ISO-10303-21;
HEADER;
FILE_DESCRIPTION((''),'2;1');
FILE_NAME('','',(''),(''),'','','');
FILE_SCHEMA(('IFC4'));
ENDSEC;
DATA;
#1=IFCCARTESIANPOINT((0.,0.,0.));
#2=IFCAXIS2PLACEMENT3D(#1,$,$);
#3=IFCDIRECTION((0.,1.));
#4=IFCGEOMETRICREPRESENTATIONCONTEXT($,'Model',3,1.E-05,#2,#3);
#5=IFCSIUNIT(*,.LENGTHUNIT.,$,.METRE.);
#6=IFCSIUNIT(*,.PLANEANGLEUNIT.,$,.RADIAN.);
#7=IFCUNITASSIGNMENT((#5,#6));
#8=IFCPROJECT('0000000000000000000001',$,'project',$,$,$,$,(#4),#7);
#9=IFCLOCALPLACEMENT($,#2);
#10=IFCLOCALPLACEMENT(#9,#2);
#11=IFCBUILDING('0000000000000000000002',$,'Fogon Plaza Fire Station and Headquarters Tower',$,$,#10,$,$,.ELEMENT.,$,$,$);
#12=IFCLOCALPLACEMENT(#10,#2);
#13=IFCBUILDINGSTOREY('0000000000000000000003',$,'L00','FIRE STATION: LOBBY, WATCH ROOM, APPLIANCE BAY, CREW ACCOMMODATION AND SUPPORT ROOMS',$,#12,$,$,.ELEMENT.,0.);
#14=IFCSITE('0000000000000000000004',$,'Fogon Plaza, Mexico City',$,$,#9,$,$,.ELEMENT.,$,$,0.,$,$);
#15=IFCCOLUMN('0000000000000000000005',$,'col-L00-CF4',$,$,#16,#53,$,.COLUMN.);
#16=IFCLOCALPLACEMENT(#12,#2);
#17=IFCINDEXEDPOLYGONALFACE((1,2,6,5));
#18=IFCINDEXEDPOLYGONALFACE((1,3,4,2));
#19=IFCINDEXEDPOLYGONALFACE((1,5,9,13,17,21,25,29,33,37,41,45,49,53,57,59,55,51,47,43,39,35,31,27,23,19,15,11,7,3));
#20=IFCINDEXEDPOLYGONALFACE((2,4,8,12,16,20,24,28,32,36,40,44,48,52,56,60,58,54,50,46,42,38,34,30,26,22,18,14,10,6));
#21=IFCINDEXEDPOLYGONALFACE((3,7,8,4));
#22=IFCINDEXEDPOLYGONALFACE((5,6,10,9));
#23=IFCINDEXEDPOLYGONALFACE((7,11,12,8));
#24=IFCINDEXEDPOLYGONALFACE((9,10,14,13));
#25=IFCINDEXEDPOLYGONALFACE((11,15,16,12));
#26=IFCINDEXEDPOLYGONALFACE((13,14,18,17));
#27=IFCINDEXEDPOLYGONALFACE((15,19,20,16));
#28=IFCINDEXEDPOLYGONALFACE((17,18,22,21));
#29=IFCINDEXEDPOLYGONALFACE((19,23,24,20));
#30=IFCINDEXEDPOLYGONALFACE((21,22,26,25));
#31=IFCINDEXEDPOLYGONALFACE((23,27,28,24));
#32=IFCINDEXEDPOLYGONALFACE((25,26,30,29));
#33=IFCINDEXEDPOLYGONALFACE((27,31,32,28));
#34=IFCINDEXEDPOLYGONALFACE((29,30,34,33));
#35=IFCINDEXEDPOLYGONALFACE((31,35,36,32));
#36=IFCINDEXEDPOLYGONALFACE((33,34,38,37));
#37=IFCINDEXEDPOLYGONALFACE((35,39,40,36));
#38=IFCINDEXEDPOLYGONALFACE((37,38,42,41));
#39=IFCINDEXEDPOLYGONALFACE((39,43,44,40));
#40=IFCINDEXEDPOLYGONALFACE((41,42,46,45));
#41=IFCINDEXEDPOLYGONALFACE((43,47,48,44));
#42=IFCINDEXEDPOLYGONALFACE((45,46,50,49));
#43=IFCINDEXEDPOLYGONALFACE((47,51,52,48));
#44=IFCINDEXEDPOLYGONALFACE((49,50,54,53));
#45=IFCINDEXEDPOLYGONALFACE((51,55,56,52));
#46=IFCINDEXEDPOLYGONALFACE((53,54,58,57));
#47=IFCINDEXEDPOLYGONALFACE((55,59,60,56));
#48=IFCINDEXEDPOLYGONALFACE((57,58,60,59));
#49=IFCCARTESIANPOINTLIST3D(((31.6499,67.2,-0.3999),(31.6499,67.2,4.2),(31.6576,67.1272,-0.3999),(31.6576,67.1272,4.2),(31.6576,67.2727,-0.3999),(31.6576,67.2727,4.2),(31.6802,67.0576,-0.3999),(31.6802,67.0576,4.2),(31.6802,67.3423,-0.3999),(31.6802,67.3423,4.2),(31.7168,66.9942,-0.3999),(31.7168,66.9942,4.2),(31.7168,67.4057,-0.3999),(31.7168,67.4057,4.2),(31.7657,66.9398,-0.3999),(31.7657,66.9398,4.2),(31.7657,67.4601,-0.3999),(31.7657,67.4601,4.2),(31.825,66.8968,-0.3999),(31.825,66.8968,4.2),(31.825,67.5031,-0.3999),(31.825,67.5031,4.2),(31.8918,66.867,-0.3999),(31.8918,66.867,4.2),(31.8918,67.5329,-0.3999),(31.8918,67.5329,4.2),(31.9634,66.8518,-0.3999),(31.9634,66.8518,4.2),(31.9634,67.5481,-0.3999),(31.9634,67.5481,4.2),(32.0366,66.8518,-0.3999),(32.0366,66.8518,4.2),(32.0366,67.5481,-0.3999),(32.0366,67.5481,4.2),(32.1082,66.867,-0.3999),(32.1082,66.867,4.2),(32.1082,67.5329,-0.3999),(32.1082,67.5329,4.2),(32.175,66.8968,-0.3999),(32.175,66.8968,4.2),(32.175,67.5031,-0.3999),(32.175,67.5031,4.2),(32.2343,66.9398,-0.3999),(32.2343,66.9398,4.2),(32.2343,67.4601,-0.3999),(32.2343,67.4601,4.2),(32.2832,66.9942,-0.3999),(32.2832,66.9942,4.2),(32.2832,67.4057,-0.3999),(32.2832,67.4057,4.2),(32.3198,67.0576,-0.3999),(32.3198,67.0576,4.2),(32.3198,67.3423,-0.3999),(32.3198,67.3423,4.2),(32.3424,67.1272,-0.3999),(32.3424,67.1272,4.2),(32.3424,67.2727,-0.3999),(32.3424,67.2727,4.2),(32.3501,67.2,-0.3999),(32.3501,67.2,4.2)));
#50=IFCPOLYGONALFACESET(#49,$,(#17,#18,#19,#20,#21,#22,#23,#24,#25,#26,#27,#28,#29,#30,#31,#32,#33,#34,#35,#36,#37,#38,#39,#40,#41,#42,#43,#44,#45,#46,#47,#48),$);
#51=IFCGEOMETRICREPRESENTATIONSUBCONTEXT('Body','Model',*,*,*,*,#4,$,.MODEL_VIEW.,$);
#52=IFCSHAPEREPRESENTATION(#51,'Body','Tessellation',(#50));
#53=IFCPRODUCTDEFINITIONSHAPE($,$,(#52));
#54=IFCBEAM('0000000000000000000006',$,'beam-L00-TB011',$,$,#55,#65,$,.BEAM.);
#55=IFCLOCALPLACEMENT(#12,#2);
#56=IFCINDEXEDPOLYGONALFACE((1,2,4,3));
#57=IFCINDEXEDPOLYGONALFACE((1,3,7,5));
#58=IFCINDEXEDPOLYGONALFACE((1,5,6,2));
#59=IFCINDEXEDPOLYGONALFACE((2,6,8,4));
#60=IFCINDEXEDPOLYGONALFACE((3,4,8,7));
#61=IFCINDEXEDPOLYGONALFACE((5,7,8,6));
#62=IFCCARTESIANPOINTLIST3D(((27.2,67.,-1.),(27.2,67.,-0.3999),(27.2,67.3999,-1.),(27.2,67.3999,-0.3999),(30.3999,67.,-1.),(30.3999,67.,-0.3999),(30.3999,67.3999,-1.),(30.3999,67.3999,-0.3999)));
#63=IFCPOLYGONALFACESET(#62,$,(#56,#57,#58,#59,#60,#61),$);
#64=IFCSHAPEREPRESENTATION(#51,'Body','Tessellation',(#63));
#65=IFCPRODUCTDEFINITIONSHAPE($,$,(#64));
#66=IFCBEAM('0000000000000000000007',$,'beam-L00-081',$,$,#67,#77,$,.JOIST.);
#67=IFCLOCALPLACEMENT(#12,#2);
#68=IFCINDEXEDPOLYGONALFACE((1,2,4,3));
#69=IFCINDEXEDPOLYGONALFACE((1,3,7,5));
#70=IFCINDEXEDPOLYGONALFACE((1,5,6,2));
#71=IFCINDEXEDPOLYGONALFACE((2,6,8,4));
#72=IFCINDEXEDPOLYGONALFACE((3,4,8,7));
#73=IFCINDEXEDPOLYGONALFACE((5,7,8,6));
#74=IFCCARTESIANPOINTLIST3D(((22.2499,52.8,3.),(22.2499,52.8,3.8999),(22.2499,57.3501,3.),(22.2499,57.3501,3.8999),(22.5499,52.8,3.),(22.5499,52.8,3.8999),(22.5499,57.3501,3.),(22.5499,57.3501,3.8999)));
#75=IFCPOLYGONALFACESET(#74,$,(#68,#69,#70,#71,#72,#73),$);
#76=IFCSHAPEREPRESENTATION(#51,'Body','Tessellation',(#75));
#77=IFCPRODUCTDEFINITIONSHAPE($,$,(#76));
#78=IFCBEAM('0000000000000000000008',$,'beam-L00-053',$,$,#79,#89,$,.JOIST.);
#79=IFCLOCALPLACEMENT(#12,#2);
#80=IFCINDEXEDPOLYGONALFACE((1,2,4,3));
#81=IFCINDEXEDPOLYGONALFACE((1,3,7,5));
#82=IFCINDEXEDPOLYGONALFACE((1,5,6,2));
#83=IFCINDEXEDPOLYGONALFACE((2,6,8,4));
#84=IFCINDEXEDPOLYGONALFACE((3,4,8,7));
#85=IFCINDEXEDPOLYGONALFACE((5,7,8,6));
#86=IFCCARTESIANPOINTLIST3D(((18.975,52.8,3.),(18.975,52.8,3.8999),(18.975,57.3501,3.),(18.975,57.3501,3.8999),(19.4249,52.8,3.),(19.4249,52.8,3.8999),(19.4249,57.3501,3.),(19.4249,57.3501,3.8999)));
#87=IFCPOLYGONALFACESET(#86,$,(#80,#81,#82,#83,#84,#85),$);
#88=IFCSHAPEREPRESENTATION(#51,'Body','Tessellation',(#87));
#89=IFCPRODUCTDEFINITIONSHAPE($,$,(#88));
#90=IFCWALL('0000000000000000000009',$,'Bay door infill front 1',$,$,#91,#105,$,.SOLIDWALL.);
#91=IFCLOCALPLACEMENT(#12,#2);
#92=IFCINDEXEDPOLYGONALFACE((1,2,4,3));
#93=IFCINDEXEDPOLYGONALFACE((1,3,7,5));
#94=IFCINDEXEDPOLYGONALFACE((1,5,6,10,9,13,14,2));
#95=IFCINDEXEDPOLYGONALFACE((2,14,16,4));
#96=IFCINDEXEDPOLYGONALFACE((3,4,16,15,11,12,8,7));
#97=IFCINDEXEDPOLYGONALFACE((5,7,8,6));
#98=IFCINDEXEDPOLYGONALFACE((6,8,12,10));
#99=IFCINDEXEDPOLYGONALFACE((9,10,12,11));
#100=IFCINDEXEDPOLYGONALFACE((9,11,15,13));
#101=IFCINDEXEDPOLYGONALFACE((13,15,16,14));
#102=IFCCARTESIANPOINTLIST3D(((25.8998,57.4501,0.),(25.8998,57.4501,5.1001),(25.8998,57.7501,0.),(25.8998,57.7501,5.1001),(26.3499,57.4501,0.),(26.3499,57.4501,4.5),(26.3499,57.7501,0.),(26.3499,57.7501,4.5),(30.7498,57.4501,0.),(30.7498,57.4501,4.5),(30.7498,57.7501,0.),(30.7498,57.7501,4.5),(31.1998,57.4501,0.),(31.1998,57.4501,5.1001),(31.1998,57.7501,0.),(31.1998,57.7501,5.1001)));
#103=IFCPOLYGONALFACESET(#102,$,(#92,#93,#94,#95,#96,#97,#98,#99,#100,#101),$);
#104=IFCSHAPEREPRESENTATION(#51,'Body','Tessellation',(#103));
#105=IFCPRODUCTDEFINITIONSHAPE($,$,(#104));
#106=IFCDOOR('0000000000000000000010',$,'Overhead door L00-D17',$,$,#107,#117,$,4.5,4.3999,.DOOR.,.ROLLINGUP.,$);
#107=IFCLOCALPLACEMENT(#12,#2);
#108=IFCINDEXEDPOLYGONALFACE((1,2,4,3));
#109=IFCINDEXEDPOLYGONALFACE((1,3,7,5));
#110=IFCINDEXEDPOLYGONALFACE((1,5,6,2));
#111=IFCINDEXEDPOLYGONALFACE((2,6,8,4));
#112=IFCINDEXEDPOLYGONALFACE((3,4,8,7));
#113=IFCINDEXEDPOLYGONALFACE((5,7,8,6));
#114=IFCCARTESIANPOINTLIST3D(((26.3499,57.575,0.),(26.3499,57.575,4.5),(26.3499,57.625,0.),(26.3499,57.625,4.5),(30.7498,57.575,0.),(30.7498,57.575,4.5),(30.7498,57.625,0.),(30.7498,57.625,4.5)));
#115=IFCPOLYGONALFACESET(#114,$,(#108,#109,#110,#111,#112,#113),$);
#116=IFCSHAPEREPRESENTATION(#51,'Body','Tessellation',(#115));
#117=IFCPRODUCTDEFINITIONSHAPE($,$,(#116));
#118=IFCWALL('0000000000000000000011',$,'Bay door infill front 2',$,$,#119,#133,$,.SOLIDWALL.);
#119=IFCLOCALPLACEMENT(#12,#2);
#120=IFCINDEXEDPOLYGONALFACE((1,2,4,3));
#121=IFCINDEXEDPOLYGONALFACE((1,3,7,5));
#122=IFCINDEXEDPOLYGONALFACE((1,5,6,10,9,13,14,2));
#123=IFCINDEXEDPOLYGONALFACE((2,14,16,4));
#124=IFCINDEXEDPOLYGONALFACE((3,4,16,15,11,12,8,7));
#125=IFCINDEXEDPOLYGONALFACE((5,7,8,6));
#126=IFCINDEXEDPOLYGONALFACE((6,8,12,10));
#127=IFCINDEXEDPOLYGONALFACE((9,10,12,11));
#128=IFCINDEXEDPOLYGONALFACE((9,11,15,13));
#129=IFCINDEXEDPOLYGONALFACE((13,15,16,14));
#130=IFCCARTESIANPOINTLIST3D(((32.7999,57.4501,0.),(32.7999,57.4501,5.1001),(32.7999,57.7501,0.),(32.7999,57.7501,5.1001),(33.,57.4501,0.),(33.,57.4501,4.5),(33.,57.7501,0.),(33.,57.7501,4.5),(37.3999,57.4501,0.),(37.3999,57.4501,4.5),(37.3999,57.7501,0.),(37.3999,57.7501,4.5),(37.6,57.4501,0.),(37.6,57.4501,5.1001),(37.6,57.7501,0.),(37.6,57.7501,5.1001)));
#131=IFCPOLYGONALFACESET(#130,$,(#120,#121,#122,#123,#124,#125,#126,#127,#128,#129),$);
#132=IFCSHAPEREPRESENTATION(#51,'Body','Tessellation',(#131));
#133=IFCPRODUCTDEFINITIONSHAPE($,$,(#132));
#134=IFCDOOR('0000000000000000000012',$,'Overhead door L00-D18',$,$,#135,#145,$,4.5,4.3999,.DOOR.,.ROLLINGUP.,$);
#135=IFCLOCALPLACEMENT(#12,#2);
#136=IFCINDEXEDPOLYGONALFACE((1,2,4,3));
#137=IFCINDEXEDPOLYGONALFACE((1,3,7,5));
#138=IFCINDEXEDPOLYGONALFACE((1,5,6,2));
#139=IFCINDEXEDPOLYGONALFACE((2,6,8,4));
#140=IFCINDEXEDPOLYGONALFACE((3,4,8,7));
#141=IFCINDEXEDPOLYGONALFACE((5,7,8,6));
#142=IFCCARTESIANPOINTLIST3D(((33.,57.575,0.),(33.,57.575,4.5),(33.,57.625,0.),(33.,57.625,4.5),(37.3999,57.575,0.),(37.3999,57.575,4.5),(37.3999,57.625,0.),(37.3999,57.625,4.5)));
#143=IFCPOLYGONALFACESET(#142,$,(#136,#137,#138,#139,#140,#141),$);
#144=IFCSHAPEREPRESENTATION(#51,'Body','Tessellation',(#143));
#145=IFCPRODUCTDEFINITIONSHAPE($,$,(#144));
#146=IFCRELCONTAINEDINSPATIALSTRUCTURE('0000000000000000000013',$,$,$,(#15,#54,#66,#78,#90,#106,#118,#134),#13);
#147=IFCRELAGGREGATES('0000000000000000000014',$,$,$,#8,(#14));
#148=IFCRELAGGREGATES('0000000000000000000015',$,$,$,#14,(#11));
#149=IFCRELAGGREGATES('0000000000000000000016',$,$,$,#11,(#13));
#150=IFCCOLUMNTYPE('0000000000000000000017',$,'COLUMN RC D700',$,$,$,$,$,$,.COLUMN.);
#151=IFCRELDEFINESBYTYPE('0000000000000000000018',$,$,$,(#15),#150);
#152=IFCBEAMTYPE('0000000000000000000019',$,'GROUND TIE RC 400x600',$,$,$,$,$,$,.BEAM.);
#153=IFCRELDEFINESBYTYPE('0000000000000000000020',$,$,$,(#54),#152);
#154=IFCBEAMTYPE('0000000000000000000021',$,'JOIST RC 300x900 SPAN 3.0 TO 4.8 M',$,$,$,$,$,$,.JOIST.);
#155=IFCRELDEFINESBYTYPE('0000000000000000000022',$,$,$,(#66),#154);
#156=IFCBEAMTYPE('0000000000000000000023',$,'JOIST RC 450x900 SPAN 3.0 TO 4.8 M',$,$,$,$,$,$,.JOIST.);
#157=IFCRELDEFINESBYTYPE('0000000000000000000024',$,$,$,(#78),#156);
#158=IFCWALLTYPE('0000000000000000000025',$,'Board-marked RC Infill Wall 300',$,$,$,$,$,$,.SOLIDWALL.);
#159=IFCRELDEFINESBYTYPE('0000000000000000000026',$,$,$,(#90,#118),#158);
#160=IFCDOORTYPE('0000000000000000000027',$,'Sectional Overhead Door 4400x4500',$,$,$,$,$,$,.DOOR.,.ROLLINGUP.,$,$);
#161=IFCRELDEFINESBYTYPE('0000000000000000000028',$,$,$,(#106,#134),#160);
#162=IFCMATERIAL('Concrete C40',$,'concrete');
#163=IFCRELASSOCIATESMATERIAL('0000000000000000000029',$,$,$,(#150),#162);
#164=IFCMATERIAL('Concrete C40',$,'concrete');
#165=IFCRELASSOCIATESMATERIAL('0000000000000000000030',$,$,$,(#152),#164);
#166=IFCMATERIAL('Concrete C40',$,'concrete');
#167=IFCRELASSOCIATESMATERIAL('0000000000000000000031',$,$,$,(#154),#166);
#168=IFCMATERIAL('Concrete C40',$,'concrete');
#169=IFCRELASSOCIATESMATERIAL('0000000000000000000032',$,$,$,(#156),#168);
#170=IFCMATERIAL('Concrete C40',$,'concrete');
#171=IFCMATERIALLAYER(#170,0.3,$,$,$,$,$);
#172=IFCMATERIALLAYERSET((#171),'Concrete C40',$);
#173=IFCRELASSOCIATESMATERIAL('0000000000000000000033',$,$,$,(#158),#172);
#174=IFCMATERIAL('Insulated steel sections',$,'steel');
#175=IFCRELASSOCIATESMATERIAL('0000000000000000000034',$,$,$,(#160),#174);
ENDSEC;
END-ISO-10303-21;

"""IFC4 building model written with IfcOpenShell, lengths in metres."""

from ifc_helpers import new_model, si_unit, direction, frame, frame_2d, origin, origin_2d, place, context, subcontext, project, spatial, rectangle, circle, extrude, material, layer, layer_set, material_profile, profile_set, type_object, element, fill, save


model = new_model("IFC4")

# Units and contexts
model_context = context("Model", 3, precision=1e-05, world=origin(), true_north=direction((0.0, 1.0)))
body_context = subcontext(model_context, "Body", "Model", "MODEL_VIEW")
ifc_project = project(units=[si_unit("LENGTHUNIT", "METRE"), si_unit("PLANEANGLEUNIT", "RADIAN")], contexts=[model_context])

# Site, building, storey
site_placement = place(None, origin())
site = spatial("IfcSite", under=ifc_project, at=site_placement, Name="Fogon Plaza, Mexico City", CompositionType="ELEMENT", RefElevation=0.0)
building_placement = place(site_placement, origin())
building = spatial("IfcBuilding", under=site, at=building_placement, Name="Fogon Plaza Fire Station and Headquarters Tower", CompositionType="ELEMENT")
storey_placement = place(building_placement, origin())
storey = spatial("IfcBuildingStorey", under=building, at=storey_placement, Name="L00", Description="FIRE STATION: LOBBY, WATCH ROOM, APPLIANCE BAY, CREW ACCOMMODATION AND SUPPORT ROOMS", CompositionType="ELEMENT", Elevation=0.0)

# Column
ifc_material_1 = material(Name="Concrete C40", Category="concrete")
ifc_material_profile_1 = material_profile(ifc_material_1, circle(Radius=0.3501, at=origin_2d()), Name="RC D700")
ifc_profile_set_1 = profile_set([ifc_material_profile_1], Name="Concrete C40")
column_type_1 = type_object("IfcColumnType", Name="COLUMN RC D700", PredefinedType="COLUMN", material=ifc_profile_set_1)
for number, where, z_axis, x_axis, name in (
    (1, (32.0, 67.2, -0.3999), (0.0, 0.0, 1.0), (1.0, 0.0, 0.0), "col-L00-CF4"),
):
    element("IfcColumn", number, at=place(storey_placement, frame(where, z_axis=z_axis, x_axis=x_axis)), inside=storey, type_object=column_type_1, Name=name, PredefinedType="COLUMN", context=body_context, shape_type="SweptSolid", body=[
        extrude(circle(Radius=0.3501, at=origin_2d()), origin(), (0.0, 0.0, 1.0), 4.5999),
    ])

# Beams
ifc_material_2 = material(Name="Concrete C40", Category="concrete")
ifc_material_profile_2 = material_profile(ifc_material_2, rectangle(XDim=0.3999, YDim=0.6001, at=origin_2d()), Name="RC 400x600")
ifc_profile_set_2 = profile_set([ifc_material_profile_2], Name="Concrete C40")
beam_type_1 = type_object("IfcBeamType", Name="GROUND TIE RC 400x600", PredefinedType="BEAM", material=ifc_profile_set_2)
beam_1_placement = place(storey_placement, frame((27.2, 67.2, -0.7), z_axis=(1.0, 0.0, 0.0), x_axis=(0.0, 1.0, 0.0)))
element("IfcBeam", 2, at=beam_1_placement, inside=storey, type_object=beam_type_1, Name="beam-L00-TB011", PredefinedType="BEAM", context=body_context, shape_type="SweptSolid", body=[
    extrude(rectangle(XDim=0.3999, YDim=0.6001, at=origin_2d()), origin(), (0.0, 0.0, 1.0), 3.2),
])
ifc_material_3 = material(Name="Concrete C40", Category="concrete")
ifc_material_profile_3 = material_profile(ifc_material_3, rectangle(XDim=0.3, YDim=0.8999, at=origin_2d()), Name="RC 300x900")
ifc_profile_set_3 = profile_set([ifc_material_profile_3], Name="Concrete C40")
beam_type_2 = type_object("IfcBeamType", Name="JOIST RC 300x900 SPAN 3.0 TO 4.8 M", PredefinedType="JOIST", material=ifc_profile_set_3)
beam_2_placement = place(storey_placement, frame((22.3999, 52.8, 3.45), z_axis=(0.0, 1.0, 0.0), x_axis=(-1.0, 0.0, 0.0)))
element("IfcBeam", 3, at=beam_2_placement, inside=storey, type_object=beam_type_2, Name="beam-L00-081", PredefinedType="JOIST", context=body_context, shape_type="SweptSolid", body=[
    extrude(rectangle(XDim=0.3, YDim=0.8999, at=origin_2d()), origin(), (0.0, 0.0, 1.0), 4.55),
])
ifc_material_4 = material(Name="Concrete C40", Category="concrete")
ifc_material_profile_4 = material_profile(ifc_material_4, rectangle(XDim=0.45, YDim=0.8999, at=origin_2d()), Name="RC 450x900")
ifc_profile_set_4 = profile_set([ifc_material_profile_4], Name="Concrete C40")
beam_type_3 = type_object("IfcBeamType", Name="JOIST RC 450x900 SPAN 3.0 TO 4.8 M", PredefinedType="JOIST", material=ifc_profile_set_4)
beam_3_placement = place(storey_placement, frame((19.2, 52.8, 3.45), z_axis=(0.0, 1.0, 0.0), x_axis=(-1.0, 0.0, 0.0)))
element("IfcBeam", 4, at=beam_3_placement, inside=storey, type_object=beam_type_3, Name="beam-L00-053", PredefinedType="JOIST", context=body_context, shape_type="SweptSolid", body=[
    extrude(rectangle(XDim=0.45, YDim=0.8999, at=origin_2d()), origin(), (0.0, 0.0, 1.0), 4.55),
])

# Walls, openings, doors
ifc_material_5 = material(Name="Concrete C40", Category="concrete")
ifc_layer = layer(ifc_material_5, 0.3)
ifc_layer_set = layer_set([ifc_layer], Name="Concrete C40")
wall_type = type_object("IfcWallType", Name="Board-marked RC Infill Wall 300", PredefinedType="SOLIDWALL", material=ifc_layer_set)
wall_1_placement = place(storey_placement, frame((25.8999, 57.6001, 0.0), z_axis=(0.0, 0.0, 1.0), x_axis=(1.0, 0.0, 0.0)))
wall_1 = element("IfcWall", 5, at=wall_1_placement, inside=storey, type_object=wall_type, Name="Bay door infill front 1", PredefinedType="SOLIDWALL", context=body_context, shape_type="SweptSolid", body=[
    extrude(rectangle(XDim=5.3, YDim=0.3, at=frame_2d((2.6499, 0.0))), origin(), (0.0, 0.0, 1.0), 5.1001),
])
opening_1_placement = place(wall_1_placement, frame((0.45, 0.0, 0.0)))
opening_1 = element("IfcOpeningElement", 6, at=opening_1_placement, cuts=wall_1, PredefinedType="OPENING", context=body_context, shape_type="SweptSolid", body=[
    extrude(rectangle(XDim=4.3999, YDim=4.5, at=frame_2d((2.2, 2.25))), frame((0.0, 0.1599, 0.0), z_axis=(0.0, -1.0, 0.0), x_axis=(1.0, 0.0, 0.0)), (0.0, 0.0, 1.0), 0.3201),
])
ifc_material_6 = material(Name="Insulated steel sections", Category="steel")
door_type = type_object("IfcDoorType", Name="Sectional Overhead Door 4400x4500", OperationType="ROLLINGUP", PredefinedType="DOOR", material=ifc_material_6)
door_1_placement = place(opening_1_placement, origin())
door_1 = element("IfcDoor", 7, at=door_1_placement, inside=storey, type_object=door_type, Name="Overhead door L00-D17", OperationType="ROLLINGUP", OverallHeight=4.5, OverallWidth=4.3999, PredefinedType="DOOR", context=body_context, shape_type="SweptSolid", body=[
    extrude(rectangle(XDim=4.3999, YDim=4.5, at=frame_2d((2.2, 2.25))), frame((0.0, 0.0249, 0.0), z_axis=(0.0, -1.0, 0.0), x_axis=(1.0, 0.0, 0.0)), (0.0, 0.0, 1.0), 0.05),
])
fill(opening_1, door_1)
wall_2_placement = place(storey_placement, frame((32.8, 57.6001, 0.0), z_axis=(0.0, 0.0, 1.0), x_axis=(1.0, 0.0, 0.0)))
wall_2 = element("IfcWall", 8, at=wall_2_placement, inside=storey, type_object=wall_type, Name="Bay door infill front 2", PredefinedType="SOLIDWALL", context=body_context, shape_type="SweptSolid", body=[
    extrude(rectangle(XDim=4.8, YDim=0.3, at=frame_2d((2.3999, 0.0))), origin(), (0.0, 0.0, 1.0), 5.1001),
])
opening_2_placement = place(wall_2_placement, frame((0.2, 0.0, 0.0)))
opening_2 = element("IfcOpeningElement", 9, at=opening_2_placement, cuts=wall_2, PredefinedType="OPENING", context=body_context, shape_type="SweptSolid", body=[
    extrude(rectangle(XDim=4.3999, YDim=4.5, at=frame_2d((2.2, 2.25))), frame((0.0, 0.1599, 0.0), z_axis=(0.0, -1.0, 0.0), x_axis=(1.0, 0.0, 0.0)), (0.0, 0.0, 1.0), 0.3201),
])
door_2_placement = place(opening_2_placement, origin())
door_2 = element("IfcDoor", 10, at=door_2_placement, inside=storey, type_object=door_type, Name="Overhead door L00-D18", OperationType="ROLLINGUP", OverallHeight=4.5, OverallWidth=4.3999, PredefinedType="DOOR", context=body_context, shape_type="SweptSolid", body=[
    extrude(rectangle(XDim=4.3999, YDim=4.5, at=frame_2d((2.2, 2.25))), frame((0.0, 0.0249, 0.0), z_axis=(0.0, -1.0, 0.0), x_axis=(1.0, 0.0, 0.0)), (0.0, 0.0, 1.0), 0.05),
])
fill(opening_2, door_2)

save(model, "model.ifc")
